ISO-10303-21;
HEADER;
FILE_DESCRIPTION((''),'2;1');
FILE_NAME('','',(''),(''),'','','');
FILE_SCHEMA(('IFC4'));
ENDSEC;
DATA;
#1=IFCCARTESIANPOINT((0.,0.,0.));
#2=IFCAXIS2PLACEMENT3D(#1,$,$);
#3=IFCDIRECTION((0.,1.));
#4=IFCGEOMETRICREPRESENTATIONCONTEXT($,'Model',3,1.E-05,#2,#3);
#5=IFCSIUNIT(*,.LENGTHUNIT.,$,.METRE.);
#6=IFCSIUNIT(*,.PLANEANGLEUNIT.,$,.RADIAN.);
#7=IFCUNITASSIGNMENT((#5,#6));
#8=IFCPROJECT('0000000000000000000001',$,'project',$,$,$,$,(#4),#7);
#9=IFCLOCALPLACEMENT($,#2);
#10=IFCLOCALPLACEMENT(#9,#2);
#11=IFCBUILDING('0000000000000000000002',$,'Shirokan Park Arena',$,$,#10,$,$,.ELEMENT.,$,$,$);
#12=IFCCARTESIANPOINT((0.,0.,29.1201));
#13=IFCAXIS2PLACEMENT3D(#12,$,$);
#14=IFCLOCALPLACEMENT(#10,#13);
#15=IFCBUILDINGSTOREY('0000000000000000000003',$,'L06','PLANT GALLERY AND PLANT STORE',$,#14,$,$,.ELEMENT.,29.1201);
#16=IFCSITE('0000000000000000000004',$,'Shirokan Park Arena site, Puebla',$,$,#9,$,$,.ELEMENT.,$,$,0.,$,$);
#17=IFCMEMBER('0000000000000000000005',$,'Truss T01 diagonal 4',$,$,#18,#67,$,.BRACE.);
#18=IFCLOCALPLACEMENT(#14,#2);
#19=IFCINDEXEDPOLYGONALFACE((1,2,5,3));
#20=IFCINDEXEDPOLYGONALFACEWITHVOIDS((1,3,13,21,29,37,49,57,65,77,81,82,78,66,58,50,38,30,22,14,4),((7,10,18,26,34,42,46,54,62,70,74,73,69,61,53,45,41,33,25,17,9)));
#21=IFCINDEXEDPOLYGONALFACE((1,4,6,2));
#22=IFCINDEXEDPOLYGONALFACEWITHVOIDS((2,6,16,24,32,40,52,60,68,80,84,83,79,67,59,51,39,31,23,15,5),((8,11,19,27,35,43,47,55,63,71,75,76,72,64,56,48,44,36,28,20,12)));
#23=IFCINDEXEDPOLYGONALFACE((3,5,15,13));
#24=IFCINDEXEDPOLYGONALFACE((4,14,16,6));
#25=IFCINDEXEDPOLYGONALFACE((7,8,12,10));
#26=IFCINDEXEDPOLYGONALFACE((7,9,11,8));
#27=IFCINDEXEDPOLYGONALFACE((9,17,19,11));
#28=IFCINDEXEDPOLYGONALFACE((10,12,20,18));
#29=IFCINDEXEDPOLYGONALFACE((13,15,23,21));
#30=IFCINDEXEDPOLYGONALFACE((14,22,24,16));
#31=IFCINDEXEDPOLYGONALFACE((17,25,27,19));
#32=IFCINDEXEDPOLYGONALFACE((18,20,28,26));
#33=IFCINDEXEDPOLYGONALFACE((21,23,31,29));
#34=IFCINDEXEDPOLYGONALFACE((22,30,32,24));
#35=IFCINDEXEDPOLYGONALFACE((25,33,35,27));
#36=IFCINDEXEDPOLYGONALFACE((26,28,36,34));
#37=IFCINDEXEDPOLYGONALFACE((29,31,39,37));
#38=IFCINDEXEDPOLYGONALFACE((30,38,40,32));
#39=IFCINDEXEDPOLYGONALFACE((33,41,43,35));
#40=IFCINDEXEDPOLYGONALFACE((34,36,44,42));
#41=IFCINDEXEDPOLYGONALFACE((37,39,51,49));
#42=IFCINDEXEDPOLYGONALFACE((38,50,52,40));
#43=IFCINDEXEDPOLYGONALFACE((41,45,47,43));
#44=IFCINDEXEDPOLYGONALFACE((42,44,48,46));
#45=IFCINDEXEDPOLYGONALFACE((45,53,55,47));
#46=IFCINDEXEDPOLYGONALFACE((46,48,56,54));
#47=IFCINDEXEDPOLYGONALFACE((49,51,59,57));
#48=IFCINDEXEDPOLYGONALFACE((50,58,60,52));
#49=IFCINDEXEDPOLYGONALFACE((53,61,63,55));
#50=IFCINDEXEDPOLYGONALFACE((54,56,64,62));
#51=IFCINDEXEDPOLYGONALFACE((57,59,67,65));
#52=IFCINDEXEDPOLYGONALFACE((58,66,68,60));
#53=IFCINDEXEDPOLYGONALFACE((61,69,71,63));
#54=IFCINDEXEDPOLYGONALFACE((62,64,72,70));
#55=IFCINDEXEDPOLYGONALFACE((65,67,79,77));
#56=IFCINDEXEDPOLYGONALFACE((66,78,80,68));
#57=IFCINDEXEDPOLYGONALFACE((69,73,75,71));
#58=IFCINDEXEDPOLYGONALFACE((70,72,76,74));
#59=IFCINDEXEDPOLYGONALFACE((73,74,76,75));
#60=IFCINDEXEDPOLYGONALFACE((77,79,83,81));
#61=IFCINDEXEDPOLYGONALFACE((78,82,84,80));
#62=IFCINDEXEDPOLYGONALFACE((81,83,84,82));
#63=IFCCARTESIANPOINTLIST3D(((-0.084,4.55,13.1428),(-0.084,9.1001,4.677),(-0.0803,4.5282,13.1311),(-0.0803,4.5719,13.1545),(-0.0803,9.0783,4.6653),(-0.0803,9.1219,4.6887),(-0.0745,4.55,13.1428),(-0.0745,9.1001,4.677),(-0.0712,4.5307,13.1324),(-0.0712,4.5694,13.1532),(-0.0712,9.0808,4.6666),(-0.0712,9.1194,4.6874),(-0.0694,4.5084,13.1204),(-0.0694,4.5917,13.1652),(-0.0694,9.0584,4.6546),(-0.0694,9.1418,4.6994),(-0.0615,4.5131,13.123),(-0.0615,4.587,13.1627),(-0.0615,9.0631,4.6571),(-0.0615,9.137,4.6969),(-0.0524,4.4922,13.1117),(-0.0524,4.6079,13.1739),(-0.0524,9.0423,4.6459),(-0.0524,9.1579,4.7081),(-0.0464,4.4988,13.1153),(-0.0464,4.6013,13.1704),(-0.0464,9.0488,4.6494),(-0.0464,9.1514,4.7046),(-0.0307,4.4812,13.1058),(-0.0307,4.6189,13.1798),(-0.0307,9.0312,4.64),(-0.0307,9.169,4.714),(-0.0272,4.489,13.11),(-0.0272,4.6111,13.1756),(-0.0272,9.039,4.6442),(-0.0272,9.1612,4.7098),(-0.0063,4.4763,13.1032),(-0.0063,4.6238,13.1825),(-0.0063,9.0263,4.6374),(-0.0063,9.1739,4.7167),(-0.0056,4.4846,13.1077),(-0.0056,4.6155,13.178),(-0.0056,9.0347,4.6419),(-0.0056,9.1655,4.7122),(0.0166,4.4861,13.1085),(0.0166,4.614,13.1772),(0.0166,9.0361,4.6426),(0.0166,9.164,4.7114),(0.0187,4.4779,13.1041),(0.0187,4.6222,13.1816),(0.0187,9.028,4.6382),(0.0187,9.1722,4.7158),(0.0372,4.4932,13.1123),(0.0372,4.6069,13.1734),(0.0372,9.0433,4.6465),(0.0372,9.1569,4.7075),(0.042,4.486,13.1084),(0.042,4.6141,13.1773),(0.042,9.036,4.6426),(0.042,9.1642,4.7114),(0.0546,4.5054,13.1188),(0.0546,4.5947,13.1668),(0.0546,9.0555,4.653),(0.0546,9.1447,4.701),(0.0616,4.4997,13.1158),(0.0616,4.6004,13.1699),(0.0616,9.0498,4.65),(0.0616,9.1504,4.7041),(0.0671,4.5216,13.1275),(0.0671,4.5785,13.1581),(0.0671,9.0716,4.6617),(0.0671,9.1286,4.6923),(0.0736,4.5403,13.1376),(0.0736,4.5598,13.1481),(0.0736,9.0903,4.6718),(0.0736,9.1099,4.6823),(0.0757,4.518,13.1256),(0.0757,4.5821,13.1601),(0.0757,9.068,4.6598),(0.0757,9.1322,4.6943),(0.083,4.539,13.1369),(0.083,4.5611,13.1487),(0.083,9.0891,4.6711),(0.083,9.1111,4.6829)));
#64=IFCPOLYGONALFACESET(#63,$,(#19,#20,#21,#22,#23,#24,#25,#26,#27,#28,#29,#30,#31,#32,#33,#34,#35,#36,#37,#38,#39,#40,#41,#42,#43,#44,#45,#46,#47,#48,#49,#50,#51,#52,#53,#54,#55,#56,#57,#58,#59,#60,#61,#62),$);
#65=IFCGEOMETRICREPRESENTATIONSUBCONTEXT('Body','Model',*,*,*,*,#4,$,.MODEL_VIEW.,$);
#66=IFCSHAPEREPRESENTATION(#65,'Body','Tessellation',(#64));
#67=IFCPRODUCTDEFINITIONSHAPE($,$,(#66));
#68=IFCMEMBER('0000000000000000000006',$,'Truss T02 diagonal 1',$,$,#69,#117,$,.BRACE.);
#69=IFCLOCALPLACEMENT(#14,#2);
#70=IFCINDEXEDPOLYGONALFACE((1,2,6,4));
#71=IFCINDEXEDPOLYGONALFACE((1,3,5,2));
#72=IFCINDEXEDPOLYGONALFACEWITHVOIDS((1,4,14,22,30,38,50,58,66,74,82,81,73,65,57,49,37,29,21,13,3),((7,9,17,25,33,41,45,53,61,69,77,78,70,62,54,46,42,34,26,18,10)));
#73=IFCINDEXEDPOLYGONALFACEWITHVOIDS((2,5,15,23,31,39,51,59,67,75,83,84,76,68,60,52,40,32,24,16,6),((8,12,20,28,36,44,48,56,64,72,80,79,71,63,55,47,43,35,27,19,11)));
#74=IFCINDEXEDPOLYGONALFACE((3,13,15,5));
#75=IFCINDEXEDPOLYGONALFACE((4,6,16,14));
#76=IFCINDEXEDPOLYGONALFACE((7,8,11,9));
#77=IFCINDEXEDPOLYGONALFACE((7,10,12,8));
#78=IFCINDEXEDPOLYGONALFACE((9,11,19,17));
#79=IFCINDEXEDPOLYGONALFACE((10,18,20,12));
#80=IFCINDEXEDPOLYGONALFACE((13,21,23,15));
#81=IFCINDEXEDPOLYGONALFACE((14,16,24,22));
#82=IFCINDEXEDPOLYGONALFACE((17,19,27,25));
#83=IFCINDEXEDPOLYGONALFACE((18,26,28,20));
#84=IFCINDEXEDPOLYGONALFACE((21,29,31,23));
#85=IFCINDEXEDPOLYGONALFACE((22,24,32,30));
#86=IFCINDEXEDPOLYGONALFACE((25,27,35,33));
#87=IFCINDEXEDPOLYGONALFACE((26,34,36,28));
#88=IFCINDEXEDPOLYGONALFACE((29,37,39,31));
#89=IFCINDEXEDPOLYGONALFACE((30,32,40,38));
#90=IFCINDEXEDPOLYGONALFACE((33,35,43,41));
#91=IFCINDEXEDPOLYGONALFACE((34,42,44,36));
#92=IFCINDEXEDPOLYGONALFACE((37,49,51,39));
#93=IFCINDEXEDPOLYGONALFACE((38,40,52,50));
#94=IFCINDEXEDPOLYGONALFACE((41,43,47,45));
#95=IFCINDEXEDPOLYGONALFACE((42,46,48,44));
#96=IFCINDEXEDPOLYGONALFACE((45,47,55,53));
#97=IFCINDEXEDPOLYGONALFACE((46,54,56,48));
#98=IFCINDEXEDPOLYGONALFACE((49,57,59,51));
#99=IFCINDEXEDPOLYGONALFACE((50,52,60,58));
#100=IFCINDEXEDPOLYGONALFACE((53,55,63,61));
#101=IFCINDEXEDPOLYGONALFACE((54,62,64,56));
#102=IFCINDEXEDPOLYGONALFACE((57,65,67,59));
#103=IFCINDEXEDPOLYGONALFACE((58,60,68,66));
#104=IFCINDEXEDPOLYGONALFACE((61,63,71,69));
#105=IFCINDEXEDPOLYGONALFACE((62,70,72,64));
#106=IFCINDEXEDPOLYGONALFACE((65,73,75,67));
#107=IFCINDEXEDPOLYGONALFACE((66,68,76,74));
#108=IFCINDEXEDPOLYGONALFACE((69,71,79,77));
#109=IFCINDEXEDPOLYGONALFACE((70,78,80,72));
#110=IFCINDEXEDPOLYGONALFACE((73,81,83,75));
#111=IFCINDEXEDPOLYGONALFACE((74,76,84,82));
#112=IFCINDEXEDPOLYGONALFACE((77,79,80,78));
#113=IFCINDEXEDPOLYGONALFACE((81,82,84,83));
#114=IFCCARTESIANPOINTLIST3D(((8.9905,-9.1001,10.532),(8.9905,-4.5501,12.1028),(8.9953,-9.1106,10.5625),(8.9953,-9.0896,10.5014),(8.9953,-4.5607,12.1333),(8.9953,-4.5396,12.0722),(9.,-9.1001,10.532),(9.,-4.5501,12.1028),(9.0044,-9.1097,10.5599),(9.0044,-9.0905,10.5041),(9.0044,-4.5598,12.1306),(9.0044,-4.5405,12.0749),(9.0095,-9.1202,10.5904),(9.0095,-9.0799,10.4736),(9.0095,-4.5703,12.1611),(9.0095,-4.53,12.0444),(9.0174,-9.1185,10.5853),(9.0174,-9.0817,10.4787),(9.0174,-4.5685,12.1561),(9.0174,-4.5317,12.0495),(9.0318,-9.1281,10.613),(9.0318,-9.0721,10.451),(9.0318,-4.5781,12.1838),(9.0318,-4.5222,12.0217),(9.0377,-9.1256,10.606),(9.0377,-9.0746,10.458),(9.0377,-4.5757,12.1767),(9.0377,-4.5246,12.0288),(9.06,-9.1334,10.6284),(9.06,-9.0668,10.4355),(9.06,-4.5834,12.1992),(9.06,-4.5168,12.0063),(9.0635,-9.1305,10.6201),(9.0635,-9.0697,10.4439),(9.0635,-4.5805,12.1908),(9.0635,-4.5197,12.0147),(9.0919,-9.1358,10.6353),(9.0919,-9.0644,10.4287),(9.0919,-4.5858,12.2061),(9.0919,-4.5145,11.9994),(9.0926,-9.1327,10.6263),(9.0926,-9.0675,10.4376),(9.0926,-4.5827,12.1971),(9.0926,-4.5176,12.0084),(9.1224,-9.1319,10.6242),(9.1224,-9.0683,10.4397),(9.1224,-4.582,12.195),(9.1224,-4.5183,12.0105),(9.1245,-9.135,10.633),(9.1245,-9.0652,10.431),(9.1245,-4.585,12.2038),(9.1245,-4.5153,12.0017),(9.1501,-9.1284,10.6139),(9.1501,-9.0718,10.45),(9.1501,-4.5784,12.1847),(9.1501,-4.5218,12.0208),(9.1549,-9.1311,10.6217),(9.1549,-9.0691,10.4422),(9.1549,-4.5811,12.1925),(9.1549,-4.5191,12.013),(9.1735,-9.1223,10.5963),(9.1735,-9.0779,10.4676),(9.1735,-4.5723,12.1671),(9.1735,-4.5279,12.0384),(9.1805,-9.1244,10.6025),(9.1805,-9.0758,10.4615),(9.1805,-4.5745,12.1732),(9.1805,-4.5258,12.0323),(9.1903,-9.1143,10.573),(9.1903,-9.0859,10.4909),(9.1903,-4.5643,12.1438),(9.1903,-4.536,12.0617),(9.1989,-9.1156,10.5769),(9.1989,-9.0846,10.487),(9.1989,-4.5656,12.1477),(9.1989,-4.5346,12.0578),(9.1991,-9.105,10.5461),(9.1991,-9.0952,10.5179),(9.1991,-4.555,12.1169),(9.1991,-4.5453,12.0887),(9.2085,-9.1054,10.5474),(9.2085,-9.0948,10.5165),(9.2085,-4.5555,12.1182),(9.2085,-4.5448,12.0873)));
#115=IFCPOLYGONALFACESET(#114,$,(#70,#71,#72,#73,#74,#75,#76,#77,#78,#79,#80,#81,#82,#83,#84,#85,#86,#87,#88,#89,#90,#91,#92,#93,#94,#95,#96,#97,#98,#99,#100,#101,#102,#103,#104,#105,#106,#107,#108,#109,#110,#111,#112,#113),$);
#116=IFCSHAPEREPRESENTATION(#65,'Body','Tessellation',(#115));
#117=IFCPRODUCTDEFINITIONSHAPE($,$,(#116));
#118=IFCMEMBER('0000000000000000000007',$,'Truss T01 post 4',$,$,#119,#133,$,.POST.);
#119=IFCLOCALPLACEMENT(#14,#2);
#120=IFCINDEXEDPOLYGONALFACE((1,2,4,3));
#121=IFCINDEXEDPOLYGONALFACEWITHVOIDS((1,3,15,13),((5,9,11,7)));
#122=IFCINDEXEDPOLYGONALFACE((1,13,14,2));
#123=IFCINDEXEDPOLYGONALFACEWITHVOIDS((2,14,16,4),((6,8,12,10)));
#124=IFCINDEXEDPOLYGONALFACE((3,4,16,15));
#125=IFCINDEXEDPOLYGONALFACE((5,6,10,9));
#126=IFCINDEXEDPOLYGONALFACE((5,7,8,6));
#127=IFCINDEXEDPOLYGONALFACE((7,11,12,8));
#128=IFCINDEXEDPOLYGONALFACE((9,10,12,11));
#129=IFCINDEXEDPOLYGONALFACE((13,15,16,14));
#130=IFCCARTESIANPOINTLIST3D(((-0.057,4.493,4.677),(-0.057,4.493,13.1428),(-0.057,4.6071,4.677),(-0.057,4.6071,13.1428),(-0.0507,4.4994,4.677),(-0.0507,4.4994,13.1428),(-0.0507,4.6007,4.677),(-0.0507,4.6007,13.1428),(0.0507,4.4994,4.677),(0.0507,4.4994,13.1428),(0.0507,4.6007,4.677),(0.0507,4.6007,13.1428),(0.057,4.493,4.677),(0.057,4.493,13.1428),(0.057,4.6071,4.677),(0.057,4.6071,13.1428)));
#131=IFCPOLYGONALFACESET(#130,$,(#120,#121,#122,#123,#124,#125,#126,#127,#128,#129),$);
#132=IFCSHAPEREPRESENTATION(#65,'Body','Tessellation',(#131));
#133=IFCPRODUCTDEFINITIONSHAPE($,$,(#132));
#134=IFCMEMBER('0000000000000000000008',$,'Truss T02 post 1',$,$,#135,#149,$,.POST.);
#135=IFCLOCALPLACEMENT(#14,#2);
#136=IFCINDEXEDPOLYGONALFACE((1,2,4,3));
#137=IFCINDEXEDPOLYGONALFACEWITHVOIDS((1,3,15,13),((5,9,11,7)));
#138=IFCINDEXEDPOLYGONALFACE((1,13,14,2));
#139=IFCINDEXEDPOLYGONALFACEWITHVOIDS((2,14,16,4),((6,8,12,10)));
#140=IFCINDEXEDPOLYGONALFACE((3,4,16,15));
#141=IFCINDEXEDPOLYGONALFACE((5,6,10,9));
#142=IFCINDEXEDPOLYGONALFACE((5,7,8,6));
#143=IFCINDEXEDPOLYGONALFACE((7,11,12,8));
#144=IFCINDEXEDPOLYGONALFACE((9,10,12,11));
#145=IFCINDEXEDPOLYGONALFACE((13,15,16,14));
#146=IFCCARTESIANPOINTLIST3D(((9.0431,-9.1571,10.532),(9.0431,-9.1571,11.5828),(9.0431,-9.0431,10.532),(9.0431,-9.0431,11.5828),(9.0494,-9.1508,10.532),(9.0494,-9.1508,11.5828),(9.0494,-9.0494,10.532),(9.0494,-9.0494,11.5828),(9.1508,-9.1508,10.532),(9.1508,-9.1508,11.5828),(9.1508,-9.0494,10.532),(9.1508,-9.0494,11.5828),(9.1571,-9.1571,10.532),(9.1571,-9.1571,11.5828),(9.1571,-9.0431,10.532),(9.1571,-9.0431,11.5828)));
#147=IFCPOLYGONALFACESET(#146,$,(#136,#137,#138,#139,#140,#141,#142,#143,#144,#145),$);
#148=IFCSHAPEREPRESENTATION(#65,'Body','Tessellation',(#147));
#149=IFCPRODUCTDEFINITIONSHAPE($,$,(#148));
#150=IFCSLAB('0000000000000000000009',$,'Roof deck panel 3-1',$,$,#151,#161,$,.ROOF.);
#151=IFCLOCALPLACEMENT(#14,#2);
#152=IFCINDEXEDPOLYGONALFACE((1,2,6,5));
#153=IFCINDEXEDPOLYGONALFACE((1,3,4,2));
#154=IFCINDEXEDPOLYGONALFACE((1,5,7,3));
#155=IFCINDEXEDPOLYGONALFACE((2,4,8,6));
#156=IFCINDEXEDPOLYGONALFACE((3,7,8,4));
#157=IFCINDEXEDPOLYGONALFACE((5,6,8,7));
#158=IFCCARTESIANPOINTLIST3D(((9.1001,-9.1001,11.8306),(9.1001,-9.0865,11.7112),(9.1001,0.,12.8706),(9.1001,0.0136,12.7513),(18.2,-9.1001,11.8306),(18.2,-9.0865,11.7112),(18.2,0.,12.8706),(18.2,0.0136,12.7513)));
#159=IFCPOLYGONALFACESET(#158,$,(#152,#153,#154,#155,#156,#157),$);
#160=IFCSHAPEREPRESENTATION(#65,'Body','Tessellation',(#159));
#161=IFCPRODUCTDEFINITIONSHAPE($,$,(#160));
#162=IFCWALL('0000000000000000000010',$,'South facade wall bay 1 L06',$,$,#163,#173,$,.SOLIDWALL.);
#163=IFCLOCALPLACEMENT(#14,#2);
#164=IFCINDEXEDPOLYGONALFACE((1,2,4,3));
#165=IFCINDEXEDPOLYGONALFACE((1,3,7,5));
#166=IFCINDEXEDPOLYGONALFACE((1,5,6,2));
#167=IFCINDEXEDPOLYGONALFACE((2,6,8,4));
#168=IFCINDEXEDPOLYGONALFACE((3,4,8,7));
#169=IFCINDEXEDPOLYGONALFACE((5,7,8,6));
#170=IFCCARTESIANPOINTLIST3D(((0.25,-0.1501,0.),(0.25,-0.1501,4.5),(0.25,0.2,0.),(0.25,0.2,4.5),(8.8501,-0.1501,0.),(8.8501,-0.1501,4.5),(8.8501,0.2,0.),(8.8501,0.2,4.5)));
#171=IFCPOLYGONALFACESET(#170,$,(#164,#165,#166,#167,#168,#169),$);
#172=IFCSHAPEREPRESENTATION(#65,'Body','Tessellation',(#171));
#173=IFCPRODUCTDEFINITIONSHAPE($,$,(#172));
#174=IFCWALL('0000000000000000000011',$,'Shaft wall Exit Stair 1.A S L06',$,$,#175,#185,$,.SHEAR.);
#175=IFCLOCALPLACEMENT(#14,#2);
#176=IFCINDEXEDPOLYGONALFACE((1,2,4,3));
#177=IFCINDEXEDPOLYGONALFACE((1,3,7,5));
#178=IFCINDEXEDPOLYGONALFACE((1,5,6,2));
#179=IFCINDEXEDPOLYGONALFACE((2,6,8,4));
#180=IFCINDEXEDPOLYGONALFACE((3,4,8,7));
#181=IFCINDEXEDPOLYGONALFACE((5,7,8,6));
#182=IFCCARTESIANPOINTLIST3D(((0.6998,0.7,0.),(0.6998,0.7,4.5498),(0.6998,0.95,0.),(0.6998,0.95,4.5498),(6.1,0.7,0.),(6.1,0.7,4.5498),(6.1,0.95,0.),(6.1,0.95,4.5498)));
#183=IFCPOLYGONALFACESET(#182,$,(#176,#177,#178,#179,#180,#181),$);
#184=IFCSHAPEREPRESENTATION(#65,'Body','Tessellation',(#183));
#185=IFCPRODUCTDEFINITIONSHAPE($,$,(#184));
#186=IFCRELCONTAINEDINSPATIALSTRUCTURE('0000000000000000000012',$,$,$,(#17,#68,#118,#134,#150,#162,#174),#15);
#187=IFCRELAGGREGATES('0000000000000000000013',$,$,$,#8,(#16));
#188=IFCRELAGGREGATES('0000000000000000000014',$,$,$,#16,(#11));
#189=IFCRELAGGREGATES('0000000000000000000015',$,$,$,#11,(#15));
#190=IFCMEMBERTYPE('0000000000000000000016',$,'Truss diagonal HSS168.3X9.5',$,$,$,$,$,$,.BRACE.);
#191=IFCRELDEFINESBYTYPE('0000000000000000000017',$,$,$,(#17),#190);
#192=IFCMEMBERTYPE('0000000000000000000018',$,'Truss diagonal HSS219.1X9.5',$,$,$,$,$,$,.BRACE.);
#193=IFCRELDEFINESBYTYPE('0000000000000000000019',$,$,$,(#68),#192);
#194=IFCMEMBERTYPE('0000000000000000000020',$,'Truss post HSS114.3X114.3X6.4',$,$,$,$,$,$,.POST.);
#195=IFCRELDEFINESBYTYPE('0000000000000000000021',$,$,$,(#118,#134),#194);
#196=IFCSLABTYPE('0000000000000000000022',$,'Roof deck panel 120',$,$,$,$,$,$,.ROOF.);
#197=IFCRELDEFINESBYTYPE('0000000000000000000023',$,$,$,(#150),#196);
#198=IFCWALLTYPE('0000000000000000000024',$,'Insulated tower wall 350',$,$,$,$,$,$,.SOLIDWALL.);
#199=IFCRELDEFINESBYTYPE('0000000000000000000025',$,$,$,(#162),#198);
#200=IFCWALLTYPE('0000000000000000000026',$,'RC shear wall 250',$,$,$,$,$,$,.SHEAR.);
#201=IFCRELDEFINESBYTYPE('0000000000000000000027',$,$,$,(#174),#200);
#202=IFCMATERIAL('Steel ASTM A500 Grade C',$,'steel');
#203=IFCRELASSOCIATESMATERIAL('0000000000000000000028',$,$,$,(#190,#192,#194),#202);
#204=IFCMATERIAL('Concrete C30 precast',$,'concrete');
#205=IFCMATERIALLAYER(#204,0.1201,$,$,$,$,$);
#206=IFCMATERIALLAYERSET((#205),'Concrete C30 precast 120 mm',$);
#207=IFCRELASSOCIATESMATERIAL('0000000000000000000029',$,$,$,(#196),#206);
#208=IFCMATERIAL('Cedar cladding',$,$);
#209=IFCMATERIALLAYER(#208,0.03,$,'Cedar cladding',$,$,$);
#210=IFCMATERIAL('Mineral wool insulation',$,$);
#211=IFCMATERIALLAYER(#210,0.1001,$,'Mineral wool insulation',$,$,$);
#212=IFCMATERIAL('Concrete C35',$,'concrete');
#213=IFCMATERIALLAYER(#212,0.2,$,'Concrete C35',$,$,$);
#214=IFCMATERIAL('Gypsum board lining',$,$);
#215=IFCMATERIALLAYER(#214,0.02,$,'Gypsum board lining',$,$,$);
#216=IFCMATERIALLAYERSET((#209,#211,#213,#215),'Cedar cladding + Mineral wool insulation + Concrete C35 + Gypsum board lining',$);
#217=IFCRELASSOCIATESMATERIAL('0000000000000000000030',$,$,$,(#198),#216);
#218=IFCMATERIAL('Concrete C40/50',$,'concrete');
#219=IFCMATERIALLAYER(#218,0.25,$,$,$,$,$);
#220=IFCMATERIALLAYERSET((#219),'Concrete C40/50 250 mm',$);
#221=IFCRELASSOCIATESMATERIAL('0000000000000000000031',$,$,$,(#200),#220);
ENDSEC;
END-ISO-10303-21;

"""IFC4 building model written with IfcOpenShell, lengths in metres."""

from ifc_helpers import new_model, si_unit, direction, frame, frame_2d, origin, origin_2d, place, context, subcontext, project, spatial, polyline, rectangle, hollow_rectangle, hollow_circle, outline, extrude, material, layer, layer_set, material_profile, profile_set, type_object, element, save


model = new_model("IFC4")

# Units and contexts
model_context = context("Model", 3, precision=1e-05, world=origin(), true_north=direction((0.0, 1.0)))
body_context = subcontext(model_context, "Body", "Model", "MODEL_VIEW")
ifc_project = project(units=[si_unit("LENGTHUNIT", "METRE"), si_unit("PLANEANGLEUNIT", "RADIAN")], contexts=[model_context])

# Site, building, storey
site_placement = place(None, origin())
site = spatial("IfcSite", under=ifc_project, at=site_placement, Name="Shirokan Park Arena site, Puebla", CompositionType="ELEMENT", RefElevation=0.0)
building_placement = place(site_placement, origin())
building = spatial("IfcBuilding", under=site, at=building_placement, Name="Shirokan Park Arena", CompositionType="ELEMENT")
storey_placement = place(building_placement, frame((0.0, 0.0, 29.1201)))
storey = spatial("IfcBuildingStorey", under=building, at=storey_placement, Name="L06", Description="PLANT GALLERY AND PLANT STORE", CompositionType="ELEMENT", Elevation=29.1201)

# Shared definitions
ifc_material_1 = material(Name="Steel ASTM A500 Grade C", Category="steel")

# Shared definitions
ifc_material_2 = material(Name="Concrete C35", Category="concrete")

# Members
ifc_material_profile_1 = material_profile(ifc_material_1, hollow_circle(Radius=0.084, WallThickness=0.0095, at=origin_2d()), Name="HSS168.3X9.5")
ifc_profile_set_1 = profile_set([ifc_material_profile_1], Name="Steel ASTM A500 Grade C")
member_type_1 = type_object("IfcMemberType", Name="Truss diagonal HSS168.3X9.5", PredefinedType="BRACE", material=ifc_profile_set_1)
member_1_placement = place(storey_placement, frame((0.0, 4.55, 13.1428), z_axis=(0.0, 0.473417, -0.880839), x_axis=(-1.0, 0.0, 0.0)))
element("IfcMember", 1, at=member_1_placement, inside=storey, type_object=member_type_1, Name="Truss T01 diagonal 4", PredefinedType="BRACE", context=body_context, shape_type="SweptSolid", body=[
    extrude(hollow_circle(Radius=0.084, WallThickness=0.0095, at=origin_2d()), origin(), (0.0, 0.0, 1.0), 9.6111),
])
ifc_material_profile_2 = material_profile(ifc_material_1, hollow_circle(Radius=0.1096, WallThickness=0.0095, at=origin_2d()), Name="HSS219.1X9.5")
ifc_profile_set_2 = profile_set([ifc_material_profile_2], Name="Steel ASTM A500 Grade C")
member_type_2 = type_object("IfcMemberType", Name="Truss diagonal HSS219.1X9.5", PredefinedType="BRACE", material=ifc_profile_set_2)
member_2_placement = place(storey_placement, frame((9.1001, -9.1001, 10.532), z_axis=(0.0, 0.945256, 0.326328), x_axis=(-1.0, 0.0, 0.0)))
element("IfcMember", 2, at=member_2_placement, inside=storey, type_object=member_type_2, Name="Truss T02 diagonal 1", PredefinedType="BRACE", context=body_context, shape_type="SweptSolid", body=[
    extrude(hollow_circle(Radius=0.1096, WallThickness=0.0095, at=origin_2d()), origin(), (0.0, 0.0, 1.0), 4.8135),
])
ifc_material_profile_3 = material_profile(ifc_material_1, hollow_rectangle(XDim=0.114, YDim=0.114, WallThickness=0.0063, at=origin_2d()), Name="HSS114.3X114.3X6.4")
ifc_profile_set_3 = profile_set([ifc_material_profile_3], Name="Steel ASTM A500 Grade C")
member_type_3 = type_object("IfcMemberType", Name="Truss post HSS114.3X114.3X6.4", PredefinedType="POST", material=ifc_profile_set_3)
member_3_placement = place(storey_placement, frame((0.0, 4.55, 4.677), z_axis=(0.0, 0.0, 1.0), x_axis=(1.0, 0.0, 0.0)))
element("IfcMember", 3, at=member_3_placement, inside=storey, type_object=member_type_3, Name="Truss T01 post 4", PredefinedType="POST", context=body_context, shape_type="SweptSolid", body=[
    extrude(hollow_rectangle(XDim=0.114, YDim=0.114, WallThickness=0.0063, at=origin_2d()), origin(), (0.0, 0.0, 1.0), 8.4658),
])
member_4_placement = place(storey_placement, frame((9.1001, -9.1001, 10.532), z_axis=(0.0, 0.0, 1.0), x_axis=(1.0, 0.0, 0.0)))
element("IfcMember", 4, at=member_4_placement, inside=storey, type_object=member_type_3, Name="Truss T02 post 1", PredefinedType="POST", context=body_context, shape_type="SweptSolid", body=[
    extrude(hollow_rectangle(XDim=0.114, YDim=0.114, WallThickness=0.0063, at=origin_2d()), origin(), (0.0, 0.0, 1.0), 1.0508),
])

# Slab
ifc_material_3 = material(Name="Concrete C30 precast", Category="concrete")
ifc_layer_1 = layer(ifc_material_3, 0.1201)
ifc_layer_set_1 = layer_set([ifc_layer_1], Name="Concrete C30 precast 120 mm")
slab_type = type_object("IfcSlabType", Name="Roof deck panel 120", PredefinedType="ROOF", material=ifc_layer_set_1)
slab_placement = place(storey_placement, frame((9.1001, -9.1001, 11.8306), z_axis=(0.0, -0.11355, 0.993532), x_axis=(1.0, 0.0, 0.0)))
element("IfcSlab", 5, at=slab_placement, inside=storey, type_object=slab_type, Name="Roof deck panel 3-1", PredefinedType="ROOF", context=body_context, shape_type="SweptSolid", body=[
    extrude(outline(polyline([(0.0, 0.0), (9.0999, 0.0), (9.0999, 9.1593), (0.0, 9.1593), (0.0, 0.0)])), origin(), (0.0, 0.0, -1.0), 0.1201),
])

# Walls
ifc_material_4 = material(Name="Cedar cladding")
ifc_layer_2 = layer(ifc_material_4, 0.03, Name="Cedar cladding")
ifc_material_5 = material(Name="Mineral wool insulation")
ifc_layer_3 = layer(ifc_material_5, 0.1001, Name="Mineral wool insulation")
ifc_layer_4 = layer(ifc_material_2, 0.2, Name="Concrete C35")
ifc_material_6 = material(Name="Gypsum board lining")
ifc_layer_5 = layer(ifc_material_6, 0.02, Name="Gypsum board lining")
ifc_layer_set_2 = layer_set([ifc_layer_2, ifc_layer_3, ifc_layer_4, ifc_layer_5], Name="Cedar cladding + Mineral wool insulation + Concrete C35 + Gypsum board lining")
wall_type_1 = type_object("IfcWallType", Name="Insulated tower wall 350", PredefinedType="SOLIDWALL", material=ifc_layer_set_2)
wall_1_placement = place(storey_placement, frame((0.25, 0.0249, 0.0), z_axis=(0.0, 0.0, 1.0), x_axis=(1.0, 0.0, 0.0)))
element("IfcWall", 6, at=wall_1_placement, inside=storey, type_object=wall_type_1, Name="South facade wall bay 1 L06", PredefinedType="SOLIDWALL", context=body_context, shape_type="SweptSolid", body=[
    extrude(rectangle(XDim=8.6001, YDim=0.3501, at=frame_2d((4.3, 0.0))), origin(), (0.0, 0.0, 1.0), 4.5),
])
ifc_material_7 = material(Name="Concrete C40/50", Category="concrete")
ifc_layer_6 = layer(ifc_material_7, 0.25)
ifc_layer_set_3 = layer_set([ifc_layer_6], Name="Concrete C40/50 250 mm")
wall_type_2 = type_object("IfcWallType", Name="RC shear wall 250", PredefinedType="SHEAR", material=ifc_layer_set_3)
wall_2_placement = place(storey_placement, frame((6.1001, 0.825, 0.0), z_axis=(0.0, 0.0, 1.0), x_axis=(-1.0, 0.0, 0.0)))
element("IfcWall", 7, at=wall_2_placement, inside=storey, type_object=wall_type_2, Name="Shaft wall Exit Stair 1.A S L06", PredefinedType="SHEAR", context=body_context, shape_type="SweptSolid", body=[
    extrude(rectangle(XDim=5.4001, YDim=0.25, at=frame_2d((2.7002, 0.0))), origin(), (0.0, 0.0, 1.0), 4.5498),
])

save(model, "model.ifc")
